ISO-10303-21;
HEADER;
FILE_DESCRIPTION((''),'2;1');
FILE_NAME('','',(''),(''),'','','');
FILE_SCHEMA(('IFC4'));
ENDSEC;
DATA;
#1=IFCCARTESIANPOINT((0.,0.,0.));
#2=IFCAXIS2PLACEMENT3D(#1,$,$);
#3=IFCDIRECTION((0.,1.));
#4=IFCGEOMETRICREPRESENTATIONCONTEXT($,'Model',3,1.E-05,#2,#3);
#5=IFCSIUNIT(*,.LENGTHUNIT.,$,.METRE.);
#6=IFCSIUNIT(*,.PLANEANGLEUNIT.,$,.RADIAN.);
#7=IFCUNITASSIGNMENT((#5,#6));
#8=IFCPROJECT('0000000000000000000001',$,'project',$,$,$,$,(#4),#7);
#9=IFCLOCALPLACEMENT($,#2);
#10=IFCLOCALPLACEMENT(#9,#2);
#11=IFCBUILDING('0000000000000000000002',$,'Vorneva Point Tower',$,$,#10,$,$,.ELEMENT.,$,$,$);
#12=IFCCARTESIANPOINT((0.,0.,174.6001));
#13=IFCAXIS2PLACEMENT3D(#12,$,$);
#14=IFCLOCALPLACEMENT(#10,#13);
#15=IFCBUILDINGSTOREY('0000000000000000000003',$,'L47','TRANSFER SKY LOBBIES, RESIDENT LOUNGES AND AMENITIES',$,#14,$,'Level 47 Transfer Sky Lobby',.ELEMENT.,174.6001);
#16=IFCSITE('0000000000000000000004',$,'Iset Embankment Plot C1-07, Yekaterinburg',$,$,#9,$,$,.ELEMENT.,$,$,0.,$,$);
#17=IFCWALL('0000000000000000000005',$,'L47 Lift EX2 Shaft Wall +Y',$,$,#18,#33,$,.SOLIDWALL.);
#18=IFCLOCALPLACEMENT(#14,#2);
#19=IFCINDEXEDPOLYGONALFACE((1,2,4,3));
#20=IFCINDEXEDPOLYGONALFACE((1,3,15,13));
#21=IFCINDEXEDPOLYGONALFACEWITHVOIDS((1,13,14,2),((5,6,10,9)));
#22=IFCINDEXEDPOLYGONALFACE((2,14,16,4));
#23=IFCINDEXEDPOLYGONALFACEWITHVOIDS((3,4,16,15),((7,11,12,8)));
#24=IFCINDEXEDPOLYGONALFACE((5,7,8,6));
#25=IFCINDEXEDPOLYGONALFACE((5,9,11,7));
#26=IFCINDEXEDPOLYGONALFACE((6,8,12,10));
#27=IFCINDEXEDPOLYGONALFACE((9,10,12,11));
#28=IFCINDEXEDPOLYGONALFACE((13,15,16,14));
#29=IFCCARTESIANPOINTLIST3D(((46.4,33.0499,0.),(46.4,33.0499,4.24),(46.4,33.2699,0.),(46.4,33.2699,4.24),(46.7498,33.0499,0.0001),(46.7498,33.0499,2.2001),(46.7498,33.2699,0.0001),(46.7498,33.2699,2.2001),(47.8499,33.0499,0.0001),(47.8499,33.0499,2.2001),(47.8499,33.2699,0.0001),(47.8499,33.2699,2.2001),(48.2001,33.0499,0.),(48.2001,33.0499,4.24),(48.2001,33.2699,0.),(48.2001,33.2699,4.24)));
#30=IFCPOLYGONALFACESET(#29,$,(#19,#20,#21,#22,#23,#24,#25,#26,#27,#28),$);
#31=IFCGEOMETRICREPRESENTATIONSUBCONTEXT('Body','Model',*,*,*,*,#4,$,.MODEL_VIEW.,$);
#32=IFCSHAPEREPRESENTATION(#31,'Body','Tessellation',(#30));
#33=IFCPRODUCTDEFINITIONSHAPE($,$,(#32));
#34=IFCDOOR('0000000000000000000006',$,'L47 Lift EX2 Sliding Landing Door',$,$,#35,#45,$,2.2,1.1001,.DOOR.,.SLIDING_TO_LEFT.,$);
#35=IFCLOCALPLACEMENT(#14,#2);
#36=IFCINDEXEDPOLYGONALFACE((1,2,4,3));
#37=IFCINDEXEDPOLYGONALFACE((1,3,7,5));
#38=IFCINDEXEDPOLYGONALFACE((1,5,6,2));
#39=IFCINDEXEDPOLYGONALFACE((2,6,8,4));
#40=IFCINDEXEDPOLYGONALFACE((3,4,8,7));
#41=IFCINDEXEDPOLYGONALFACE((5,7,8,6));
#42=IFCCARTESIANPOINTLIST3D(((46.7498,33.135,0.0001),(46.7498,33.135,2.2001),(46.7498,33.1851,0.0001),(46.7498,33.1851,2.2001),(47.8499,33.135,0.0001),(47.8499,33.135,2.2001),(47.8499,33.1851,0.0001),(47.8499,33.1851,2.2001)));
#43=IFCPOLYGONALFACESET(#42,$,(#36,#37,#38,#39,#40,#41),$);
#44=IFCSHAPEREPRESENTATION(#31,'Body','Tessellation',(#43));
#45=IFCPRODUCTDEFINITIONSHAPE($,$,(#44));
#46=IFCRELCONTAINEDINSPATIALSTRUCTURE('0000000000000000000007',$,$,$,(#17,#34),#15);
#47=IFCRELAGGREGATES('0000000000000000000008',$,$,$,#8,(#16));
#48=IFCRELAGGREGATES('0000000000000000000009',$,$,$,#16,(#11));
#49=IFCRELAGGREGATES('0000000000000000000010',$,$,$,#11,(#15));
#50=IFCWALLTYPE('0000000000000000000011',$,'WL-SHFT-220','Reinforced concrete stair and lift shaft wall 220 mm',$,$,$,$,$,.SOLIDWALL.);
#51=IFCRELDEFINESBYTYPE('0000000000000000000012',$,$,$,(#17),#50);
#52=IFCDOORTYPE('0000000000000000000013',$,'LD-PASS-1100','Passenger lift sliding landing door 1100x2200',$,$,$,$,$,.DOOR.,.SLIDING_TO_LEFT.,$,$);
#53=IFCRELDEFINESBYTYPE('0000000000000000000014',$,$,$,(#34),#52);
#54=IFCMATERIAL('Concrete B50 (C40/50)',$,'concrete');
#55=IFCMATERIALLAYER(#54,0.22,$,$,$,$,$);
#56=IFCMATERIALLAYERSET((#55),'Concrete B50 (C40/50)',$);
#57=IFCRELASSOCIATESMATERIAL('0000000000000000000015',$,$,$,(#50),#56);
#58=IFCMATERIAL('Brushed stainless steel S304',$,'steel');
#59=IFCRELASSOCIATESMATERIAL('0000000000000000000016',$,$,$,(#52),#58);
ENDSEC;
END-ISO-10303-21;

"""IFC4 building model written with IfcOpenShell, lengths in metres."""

from ifc_helpers import new_model, si_unit, direction, frame, frame_2d, origin, place, context, subcontext, project, spatial, rectangle, extrude, material, layer, layer_set, type_object, element, fill, save


model = new_model("IFC4")

# Units and contexts
model_context = context("Model", 3, precision=1e-05, world=origin(), true_north=direction((0.0, 1.0)))
body_context = subcontext(model_context, "Body", "Model", "MODEL_VIEW")
ifc_project = project(units=[si_unit("LENGTHUNIT", "METRE"), si_unit("PLANEANGLEUNIT", "RADIAN")], contexts=[model_context])

# Site, building, storey
site_placement = place(None, origin())
site = spatial("IfcSite", under=ifc_project, at=site_placement, Name="Iset Embankment Plot C1-07, Yekaterinburg", CompositionType="ELEMENT", RefElevation=0.0)
building_placement = place(site_placement, origin())
building = spatial("IfcBuilding", under=site, at=building_placement, Name="Vorneva Point Tower", CompositionType="ELEMENT")
storey_placement = place(building_placement, frame((0.0, 0.0, 174.6001)))
storey = spatial("IfcBuildingStorey", under=building, at=storey_placement, Name="L47", Description="TRANSFER SKY LOBBIES, RESIDENT LOUNGES AND AMENITIES", LongName="Level 47 Transfer Sky Lobby", CompositionType="ELEMENT", Elevation=174.6001)

# Wall, opening, door
ifc_material_1 = material(Name="Concrete B50 (C40/50)", Category="concrete")
ifc_layer_1 = layer(ifc_material_1, 0.22)
ifc_layer_set_1 = layer_set([ifc_layer_1], Name="Concrete B50 (C40/50)")
wall_type_1 = type_object("IfcWallType", Name="WL-SHFT-220", Description="Reinforced concrete stair and lift shaft wall 220 mm", PredefinedType="SOLIDWALL", material=ifc_layer_set_1)
wall_1_placement = place(storey_placement, frame((48.2, 33.1599, 0.0), z_axis=(0.0, 0.0, 1.0), x_axis=(-1.0, 0.0, 0.0)))
wall_1 = element("IfcWall", 1, at=wall_1_placement, inside=storey, type_object=wall_type_1, Name="L47 Lift EX2 Shaft Wall +Y", PredefinedType="SOLIDWALL", context=body_context, shape_type="SweptSolid", body=[
    extrude(rectangle(XDim=1.8, YDim=0.22, at=frame_2d((0.8999, 0.0))), origin(), (0.0, 0.0, 1.0), 4.24),
])
opening_1_placement = place(wall_1_placement, frame((0.3501, 0.0, 0.0)))
opening_1 = element("IfcOpeningElement", 2, at=opening_1_placement, cuts=wall_1, PredefinedType="OPENING", context=body_context, shape_type="SweptSolid", body=[
    extrude(rectangle(XDim=1.1001, YDim=2.2, at=frame_2d((0.55, 1.1001))), frame((0.0, 0.125, 0.0), z_axis=(0.0, -1.0, 0.0), x_axis=(1.0, 0.0, 0.0)), (0.0, 0.0, 1.0), 0.2498),
])
ifc_material_2 = material(Name="Brushed stainless steel S304", Category="steel")
door_type_1 = type_object("IfcDoorType", Name="LD-PASS-1100", Description="Passenger lift sliding landing door 1100x2200", OperationType="SLIDING_TO_LEFT", PredefinedType="DOOR", material=ifc_material_2)
door_1_placement = place(opening_1_placement, origin())
door_1 = element("IfcDoor", 3, at=door_1_placement, inside=storey, type_object=door_type_1, Name="L47 Lift EX2 Sliding Landing Door", OperationType="SLIDING_TO_LEFT", OverallHeight=2.2, OverallWidth=1.1001, PredefinedType="DOOR", context=body_context, shape_type="SweptSolid", body=[
    extrude(rectangle(XDim=1.1001, YDim=2.2, at=frame_2d((0.55, 1.1001))), frame((0.0, 0.0249, 0.0), z_axis=(0.0, -1.0, 0.0), x_axis=(1.0, 0.0, 0.0)), (0.0, 0.0, 1.0), 0.05),
])
fill(opening_1, door_1)

save(model, "model.ifc")
